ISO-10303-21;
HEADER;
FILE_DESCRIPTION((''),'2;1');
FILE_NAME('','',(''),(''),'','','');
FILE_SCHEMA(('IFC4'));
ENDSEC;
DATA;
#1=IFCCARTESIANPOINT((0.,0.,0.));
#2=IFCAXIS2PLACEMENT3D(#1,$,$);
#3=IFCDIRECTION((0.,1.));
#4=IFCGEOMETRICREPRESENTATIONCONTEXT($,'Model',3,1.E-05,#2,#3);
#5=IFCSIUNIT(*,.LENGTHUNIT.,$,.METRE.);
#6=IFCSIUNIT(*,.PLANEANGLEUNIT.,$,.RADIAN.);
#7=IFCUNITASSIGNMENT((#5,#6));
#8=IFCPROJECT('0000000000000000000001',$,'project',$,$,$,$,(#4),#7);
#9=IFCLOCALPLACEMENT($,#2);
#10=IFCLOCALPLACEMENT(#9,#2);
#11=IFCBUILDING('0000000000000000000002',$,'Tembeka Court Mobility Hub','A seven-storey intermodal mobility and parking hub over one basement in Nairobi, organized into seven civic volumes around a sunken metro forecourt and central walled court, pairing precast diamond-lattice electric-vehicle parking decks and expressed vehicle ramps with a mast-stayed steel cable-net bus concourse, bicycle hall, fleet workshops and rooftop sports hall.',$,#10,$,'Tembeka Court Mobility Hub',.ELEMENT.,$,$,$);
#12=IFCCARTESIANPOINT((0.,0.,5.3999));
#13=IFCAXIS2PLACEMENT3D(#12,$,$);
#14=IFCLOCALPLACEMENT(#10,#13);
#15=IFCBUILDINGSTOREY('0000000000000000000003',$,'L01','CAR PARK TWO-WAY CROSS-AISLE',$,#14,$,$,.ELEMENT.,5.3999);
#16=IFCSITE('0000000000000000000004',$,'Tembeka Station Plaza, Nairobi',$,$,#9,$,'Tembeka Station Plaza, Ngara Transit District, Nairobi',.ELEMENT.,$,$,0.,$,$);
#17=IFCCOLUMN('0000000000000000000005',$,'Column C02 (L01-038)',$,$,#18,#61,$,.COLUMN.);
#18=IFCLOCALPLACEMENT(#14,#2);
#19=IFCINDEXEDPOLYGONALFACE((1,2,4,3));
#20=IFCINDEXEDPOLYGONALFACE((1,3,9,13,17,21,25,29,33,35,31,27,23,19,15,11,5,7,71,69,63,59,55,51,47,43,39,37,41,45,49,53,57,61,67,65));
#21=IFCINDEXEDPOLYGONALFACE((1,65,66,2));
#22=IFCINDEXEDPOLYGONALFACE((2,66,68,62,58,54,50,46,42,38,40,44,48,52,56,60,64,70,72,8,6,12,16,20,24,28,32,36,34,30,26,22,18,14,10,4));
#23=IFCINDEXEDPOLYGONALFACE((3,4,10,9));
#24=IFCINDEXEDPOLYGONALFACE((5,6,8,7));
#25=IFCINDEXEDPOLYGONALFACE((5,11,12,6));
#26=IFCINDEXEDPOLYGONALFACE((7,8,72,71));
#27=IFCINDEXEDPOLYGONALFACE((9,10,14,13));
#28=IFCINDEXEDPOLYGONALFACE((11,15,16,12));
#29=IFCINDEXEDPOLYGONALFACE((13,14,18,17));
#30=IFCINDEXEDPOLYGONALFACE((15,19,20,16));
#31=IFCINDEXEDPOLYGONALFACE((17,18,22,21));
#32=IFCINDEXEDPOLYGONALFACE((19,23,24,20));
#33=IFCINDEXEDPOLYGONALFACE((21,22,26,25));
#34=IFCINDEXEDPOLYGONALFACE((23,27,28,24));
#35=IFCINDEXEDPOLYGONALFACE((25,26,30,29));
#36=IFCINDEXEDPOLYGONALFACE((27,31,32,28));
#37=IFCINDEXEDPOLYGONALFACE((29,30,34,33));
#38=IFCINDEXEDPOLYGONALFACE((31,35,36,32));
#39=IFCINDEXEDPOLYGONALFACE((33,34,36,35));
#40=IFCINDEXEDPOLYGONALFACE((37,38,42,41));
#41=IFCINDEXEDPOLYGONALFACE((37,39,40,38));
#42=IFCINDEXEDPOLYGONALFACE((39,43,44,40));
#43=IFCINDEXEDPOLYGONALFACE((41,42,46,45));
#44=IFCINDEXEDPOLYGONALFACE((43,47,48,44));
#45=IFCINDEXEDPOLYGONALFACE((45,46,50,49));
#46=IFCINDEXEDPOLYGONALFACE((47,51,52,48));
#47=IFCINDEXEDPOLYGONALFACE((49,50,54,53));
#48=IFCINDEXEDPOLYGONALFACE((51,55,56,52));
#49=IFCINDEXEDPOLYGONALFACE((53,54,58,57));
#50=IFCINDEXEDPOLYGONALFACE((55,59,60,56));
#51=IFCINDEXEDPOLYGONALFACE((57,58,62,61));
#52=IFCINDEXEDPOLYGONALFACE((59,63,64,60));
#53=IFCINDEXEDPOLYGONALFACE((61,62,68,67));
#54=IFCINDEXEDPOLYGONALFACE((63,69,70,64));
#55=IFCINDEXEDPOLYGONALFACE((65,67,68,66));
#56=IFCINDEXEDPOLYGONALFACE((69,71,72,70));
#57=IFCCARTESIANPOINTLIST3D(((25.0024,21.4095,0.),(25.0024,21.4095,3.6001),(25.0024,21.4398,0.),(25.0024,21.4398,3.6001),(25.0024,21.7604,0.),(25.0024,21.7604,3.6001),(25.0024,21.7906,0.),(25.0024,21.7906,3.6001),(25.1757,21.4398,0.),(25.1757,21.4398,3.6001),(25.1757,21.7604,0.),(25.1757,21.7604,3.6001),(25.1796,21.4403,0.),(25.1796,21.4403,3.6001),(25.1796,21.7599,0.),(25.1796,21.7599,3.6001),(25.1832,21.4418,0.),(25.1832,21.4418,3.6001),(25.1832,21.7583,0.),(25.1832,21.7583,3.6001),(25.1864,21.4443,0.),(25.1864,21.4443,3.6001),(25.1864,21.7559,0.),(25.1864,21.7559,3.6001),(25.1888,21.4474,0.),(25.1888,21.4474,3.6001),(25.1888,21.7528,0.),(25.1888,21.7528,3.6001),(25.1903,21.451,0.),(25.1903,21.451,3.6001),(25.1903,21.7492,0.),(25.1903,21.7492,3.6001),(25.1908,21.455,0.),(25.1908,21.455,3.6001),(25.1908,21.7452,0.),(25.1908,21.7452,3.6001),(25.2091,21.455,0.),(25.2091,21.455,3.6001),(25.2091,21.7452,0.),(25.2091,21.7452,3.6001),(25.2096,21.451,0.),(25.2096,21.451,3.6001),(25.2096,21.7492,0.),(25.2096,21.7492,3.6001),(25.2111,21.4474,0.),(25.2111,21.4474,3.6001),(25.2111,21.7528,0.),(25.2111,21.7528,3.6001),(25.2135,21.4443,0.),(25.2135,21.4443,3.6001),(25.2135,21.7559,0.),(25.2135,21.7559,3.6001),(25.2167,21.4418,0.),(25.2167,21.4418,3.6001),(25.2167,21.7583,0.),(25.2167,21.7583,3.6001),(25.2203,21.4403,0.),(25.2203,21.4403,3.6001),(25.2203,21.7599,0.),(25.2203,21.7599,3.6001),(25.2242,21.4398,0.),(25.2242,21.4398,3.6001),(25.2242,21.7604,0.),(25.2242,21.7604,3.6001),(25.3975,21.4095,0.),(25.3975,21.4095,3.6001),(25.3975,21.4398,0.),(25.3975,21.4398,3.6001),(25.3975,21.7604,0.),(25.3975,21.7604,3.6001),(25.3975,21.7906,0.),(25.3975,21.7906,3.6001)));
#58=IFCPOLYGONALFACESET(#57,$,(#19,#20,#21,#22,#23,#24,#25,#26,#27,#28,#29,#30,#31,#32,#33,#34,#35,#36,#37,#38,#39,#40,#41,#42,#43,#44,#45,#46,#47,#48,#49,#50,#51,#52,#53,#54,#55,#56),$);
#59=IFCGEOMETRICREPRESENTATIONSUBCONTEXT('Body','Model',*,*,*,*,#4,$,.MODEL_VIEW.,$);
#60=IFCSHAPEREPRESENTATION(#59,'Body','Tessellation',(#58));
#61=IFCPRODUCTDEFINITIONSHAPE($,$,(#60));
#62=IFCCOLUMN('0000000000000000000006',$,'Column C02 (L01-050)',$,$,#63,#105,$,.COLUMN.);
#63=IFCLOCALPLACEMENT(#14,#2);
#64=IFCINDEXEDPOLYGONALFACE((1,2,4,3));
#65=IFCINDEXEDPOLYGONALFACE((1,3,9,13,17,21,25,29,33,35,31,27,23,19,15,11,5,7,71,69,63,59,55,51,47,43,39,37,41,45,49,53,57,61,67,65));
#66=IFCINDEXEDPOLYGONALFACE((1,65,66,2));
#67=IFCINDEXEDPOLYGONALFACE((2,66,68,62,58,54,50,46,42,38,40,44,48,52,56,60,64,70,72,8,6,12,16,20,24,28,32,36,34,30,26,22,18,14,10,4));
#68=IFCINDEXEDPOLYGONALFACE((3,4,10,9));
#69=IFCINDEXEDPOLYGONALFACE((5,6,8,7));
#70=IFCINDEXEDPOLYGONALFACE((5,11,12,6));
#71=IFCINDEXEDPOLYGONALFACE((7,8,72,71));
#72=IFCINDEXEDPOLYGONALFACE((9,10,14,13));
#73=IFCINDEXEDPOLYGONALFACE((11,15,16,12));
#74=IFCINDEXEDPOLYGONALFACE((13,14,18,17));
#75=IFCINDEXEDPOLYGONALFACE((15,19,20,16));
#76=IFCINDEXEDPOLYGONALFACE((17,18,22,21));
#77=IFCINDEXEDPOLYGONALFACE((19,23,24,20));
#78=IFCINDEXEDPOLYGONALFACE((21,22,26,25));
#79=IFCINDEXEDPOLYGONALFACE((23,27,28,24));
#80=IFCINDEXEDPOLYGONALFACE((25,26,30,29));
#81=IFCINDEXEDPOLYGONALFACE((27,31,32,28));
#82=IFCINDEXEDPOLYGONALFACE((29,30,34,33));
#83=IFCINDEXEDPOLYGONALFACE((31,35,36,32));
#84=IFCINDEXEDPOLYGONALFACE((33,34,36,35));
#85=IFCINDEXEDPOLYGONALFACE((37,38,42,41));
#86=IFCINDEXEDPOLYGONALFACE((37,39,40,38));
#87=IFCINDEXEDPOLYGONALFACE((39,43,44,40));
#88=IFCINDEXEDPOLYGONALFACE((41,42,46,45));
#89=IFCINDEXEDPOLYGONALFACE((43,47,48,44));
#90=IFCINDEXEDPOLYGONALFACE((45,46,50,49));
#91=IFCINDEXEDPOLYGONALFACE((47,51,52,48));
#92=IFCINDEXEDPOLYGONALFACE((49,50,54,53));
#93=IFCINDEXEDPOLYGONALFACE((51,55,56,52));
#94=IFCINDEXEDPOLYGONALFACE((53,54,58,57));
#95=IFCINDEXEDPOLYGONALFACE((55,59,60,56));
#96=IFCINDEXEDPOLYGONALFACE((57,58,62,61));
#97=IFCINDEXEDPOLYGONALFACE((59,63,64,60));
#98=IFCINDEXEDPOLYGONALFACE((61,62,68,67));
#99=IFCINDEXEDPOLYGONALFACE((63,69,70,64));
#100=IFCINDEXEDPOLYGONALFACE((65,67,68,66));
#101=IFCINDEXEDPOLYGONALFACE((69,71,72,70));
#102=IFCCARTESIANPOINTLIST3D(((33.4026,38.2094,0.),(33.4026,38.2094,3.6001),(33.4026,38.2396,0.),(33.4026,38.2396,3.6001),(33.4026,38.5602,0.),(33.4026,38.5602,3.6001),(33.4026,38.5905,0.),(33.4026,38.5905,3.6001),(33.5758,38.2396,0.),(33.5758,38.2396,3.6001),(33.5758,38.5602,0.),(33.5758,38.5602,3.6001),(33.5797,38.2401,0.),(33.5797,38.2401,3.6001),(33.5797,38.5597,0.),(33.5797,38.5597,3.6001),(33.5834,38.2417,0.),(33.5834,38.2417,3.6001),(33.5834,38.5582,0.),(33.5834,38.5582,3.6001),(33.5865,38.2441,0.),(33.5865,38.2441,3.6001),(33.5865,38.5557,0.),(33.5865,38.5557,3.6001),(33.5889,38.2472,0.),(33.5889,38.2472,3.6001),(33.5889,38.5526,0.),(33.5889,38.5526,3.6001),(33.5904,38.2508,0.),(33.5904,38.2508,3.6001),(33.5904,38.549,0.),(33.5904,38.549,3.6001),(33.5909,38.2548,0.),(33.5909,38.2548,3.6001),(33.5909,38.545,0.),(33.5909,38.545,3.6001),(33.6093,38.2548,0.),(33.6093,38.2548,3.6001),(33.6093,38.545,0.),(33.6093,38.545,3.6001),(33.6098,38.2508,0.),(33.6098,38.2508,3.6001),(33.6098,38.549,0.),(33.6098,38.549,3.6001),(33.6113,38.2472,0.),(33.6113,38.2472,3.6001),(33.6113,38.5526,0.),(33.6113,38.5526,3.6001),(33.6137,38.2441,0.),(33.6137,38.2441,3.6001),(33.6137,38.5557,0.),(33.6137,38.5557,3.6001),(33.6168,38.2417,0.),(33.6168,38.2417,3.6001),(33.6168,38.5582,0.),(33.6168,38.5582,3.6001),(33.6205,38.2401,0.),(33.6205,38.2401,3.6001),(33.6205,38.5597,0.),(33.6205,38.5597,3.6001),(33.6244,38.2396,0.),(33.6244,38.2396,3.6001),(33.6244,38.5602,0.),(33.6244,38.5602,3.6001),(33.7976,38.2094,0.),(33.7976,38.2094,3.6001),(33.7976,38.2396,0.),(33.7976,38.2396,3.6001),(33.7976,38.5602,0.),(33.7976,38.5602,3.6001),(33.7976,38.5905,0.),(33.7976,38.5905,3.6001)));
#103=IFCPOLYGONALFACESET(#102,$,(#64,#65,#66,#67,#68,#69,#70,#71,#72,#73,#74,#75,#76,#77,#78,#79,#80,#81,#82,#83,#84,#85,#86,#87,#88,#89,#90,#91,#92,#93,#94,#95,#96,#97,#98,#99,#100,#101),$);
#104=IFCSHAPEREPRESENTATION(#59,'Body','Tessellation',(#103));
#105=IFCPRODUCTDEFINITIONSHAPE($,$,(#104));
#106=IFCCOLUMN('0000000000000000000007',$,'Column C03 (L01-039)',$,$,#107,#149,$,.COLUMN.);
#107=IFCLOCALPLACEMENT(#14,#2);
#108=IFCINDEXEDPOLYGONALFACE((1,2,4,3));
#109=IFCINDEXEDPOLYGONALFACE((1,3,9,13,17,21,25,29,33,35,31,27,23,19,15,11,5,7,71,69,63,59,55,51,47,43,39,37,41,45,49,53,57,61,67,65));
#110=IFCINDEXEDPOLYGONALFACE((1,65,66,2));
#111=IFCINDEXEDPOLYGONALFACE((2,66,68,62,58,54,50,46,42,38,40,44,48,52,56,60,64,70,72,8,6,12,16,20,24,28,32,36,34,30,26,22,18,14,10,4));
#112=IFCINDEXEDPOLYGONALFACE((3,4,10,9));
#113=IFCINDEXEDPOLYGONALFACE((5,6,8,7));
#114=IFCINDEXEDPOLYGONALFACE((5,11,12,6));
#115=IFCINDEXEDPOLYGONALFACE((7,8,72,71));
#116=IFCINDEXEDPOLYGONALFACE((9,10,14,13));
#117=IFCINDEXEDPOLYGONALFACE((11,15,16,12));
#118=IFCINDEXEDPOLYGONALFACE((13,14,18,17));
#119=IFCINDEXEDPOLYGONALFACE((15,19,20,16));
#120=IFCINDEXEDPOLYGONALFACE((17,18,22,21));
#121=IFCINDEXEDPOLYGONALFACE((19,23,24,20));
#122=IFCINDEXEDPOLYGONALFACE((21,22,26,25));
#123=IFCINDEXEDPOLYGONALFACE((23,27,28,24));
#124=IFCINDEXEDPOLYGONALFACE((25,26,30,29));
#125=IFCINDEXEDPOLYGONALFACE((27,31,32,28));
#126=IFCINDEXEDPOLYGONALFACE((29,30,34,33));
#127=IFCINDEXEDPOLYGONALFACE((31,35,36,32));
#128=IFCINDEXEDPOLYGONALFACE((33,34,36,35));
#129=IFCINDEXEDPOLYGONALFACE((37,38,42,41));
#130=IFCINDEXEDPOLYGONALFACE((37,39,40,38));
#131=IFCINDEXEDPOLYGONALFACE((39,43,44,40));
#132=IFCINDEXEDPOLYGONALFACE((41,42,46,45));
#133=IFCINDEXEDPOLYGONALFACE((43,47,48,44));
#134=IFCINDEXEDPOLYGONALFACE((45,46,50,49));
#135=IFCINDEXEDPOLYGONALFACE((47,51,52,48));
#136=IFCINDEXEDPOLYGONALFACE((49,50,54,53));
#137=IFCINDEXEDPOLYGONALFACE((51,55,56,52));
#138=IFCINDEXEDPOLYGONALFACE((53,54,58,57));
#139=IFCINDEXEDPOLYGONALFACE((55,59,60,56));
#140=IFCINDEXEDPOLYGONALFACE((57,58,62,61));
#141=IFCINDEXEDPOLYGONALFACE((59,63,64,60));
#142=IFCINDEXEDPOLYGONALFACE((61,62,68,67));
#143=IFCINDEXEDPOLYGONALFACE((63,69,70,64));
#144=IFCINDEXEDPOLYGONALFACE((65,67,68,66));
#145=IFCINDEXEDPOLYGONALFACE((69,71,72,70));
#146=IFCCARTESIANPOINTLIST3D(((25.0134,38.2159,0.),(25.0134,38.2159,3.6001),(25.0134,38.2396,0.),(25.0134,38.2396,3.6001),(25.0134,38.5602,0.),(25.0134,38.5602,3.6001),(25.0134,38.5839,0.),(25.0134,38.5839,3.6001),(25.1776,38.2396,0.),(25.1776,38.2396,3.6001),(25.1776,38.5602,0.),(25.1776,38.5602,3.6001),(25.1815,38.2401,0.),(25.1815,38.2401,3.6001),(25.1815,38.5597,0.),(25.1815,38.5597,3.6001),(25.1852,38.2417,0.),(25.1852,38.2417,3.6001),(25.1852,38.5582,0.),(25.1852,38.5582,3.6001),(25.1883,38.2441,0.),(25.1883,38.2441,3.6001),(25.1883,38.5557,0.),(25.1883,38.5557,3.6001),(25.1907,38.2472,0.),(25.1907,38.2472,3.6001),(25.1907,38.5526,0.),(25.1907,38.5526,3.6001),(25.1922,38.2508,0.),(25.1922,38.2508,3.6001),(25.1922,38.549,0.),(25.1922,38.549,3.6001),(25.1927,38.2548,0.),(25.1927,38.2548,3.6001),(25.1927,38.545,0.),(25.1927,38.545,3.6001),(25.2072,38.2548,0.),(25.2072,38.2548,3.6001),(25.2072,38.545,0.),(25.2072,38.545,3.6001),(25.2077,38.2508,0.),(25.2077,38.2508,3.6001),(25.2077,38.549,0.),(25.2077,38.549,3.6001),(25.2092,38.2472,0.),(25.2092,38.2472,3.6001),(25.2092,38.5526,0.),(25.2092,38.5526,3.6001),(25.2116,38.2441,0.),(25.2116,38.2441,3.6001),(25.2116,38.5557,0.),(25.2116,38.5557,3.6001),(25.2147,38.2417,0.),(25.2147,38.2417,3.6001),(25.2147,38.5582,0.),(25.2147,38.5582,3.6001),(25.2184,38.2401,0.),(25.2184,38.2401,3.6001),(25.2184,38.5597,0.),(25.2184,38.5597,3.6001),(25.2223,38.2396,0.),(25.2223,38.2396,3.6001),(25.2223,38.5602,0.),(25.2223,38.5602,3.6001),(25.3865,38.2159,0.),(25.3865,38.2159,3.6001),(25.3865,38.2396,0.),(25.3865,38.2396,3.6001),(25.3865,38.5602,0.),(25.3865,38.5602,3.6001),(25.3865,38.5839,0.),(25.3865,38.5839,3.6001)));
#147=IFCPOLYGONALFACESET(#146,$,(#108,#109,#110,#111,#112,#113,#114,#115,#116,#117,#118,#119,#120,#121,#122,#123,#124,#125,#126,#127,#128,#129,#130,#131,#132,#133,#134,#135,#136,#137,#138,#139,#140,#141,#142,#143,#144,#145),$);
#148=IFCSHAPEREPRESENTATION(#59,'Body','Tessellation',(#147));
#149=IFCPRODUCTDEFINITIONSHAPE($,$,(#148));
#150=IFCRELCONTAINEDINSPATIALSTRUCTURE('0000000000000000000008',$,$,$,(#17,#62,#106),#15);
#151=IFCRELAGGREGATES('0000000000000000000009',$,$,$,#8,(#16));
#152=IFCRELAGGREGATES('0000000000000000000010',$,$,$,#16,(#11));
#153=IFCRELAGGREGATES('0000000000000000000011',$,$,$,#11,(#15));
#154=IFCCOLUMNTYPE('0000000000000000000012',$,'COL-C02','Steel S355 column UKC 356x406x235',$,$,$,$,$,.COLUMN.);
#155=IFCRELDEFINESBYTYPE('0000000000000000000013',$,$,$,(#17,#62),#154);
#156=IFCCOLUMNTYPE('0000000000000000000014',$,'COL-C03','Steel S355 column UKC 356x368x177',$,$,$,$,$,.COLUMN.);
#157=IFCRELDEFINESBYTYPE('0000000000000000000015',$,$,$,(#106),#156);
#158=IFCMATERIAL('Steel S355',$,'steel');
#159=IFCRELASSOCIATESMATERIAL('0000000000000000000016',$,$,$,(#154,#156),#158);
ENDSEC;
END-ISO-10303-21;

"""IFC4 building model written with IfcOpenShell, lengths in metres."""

from ifc_helpers import new_model, si_unit, direction, frame, origin, origin_2d, place, context, subcontext, project, spatial, i_section, extrude, material, material_profile, profile_set, type_object, element, save


model = new_model("IFC4")

# Units and contexts
model_context = context("Model", 3, precision=1e-05, world=origin(), true_north=direction((0.0, 1.0)))
body_context = subcontext(model_context, "Body", "Model", "MODEL_VIEW")
ifc_project = project(units=[si_unit("LENGTHUNIT", "METRE"), si_unit("PLANEANGLEUNIT", "RADIAN")], contexts=[model_context])

# Site, building, storey
site_placement = place(None, origin())
site = spatial("IfcSite", under=ifc_project, at=site_placement, Name="Tembeka Station Plaza, Nairobi", LongName="Tembeka Station Plaza, Ngara Transit District, Nairobi", CompositionType="ELEMENT", RefElevation=0.0)
building_placement = place(site_placement, origin())
building = spatial("IfcBuilding", under=site, at=building_placement, Name="Tembeka Court Mobility Hub", Description="A seven-storey intermodal mobility and parking hub over one basement in Nairobi, organized into seven civic volumes around a sunken metro forecourt and central walled court, pairing precast diamond-lattice electric-vehicle parking decks and expressed vehicle ramps with a mast-stayed steel cable-net bus concourse, bicycle hall, fleet workshops and rooftop sports hall.", LongName="Tembeka Court Mobility Hub", CompositionType="ELEMENT")
storey_placement = place(building_placement, frame((0.0, 0.0, 5.3999)))
storey = spatial("IfcBuildingStorey", under=building, at=storey_placement, Name="L01", Description="CAR PARK TWO-WAY CROSS-AISLE", CompositionType="ELEMENT", Elevation=5.3999)

# Columns
ifc_material_1 = material(Name="Steel S355", Category="steel")
ifc_material_profile_1 = material_profile(ifc_material_1, i_section(OverallWidth=0.395, OverallDepth=0.3811, WebThickness=0.0183, FlangeThickness=0.0303, FilletRadius=0.0151, at=origin_2d()), Name="UKC 356x406x235")
ifc_profile_set_1 = profile_set([ifc_material_profile_1], Name="Steel S355")
column_type_1 = type_object("IfcColumnType", Name="COL-C02", Description="Steel S355 column UKC 356x406x235", PredefinedType="COLUMN", material=ifc_profile_set_1)
for number, where, z_axis, x_axis, name in (
    (1, (25.2, 21.6001, 0.0), (0.0, 0.0, 1.0), (1.0, 0.0, 0.0), "Column C02 (L01-038)"),
    (2, (33.6001, 38.3999, 0.0), (0.0, 0.0, 1.0), (1.0, 0.0, 0.0), "Column C02 (L01-050)"),
):
    element("IfcColumn", number, at=place(storey_placement, frame(where, z_axis=z_axis, x_axis=x_axis)), inside=storey, type_object=column_type_1, Name=name, PredefinedType="COLUMN", context=body_context, shape_type="SweptSolid", body=[
        extrude(i_section(OverallWidth=0.395, OverallDepth=0.3811, WebThickness=0.0183, FlangeThickness=0.0303, FilletRadius=0.0151, at=origin_2d()), origin(), (0.0, 0.0, 1.0), 3.6001),
    ])
ifc_material_profile_2 = material_profile(ifc_material_1, i_section(OverallWidth=0.373, OverallDepth=0.3679, WebThickness=0.0144, FlangeThickness=0.0237, FilletRadius=0.0151, at=origin_2d()), Name="UKC 356x368x177")
ifc_profile_set_2 = profile_set([ifc_material_profile_2], Name="Steel S355")
column_type_2 = type_object("IfcColumnType", Name="COL-C03", Description="Steel S355 column UKC 356x368x177", PredefinedType="COLUMN", material=ifc_profile_set_2)
column_1_placement = place(storey_placement, frame((25.2, 38.3999, 0.0), z_axis=(0.0, 0.0, 1.0), x_axis=(1.0, 0.0, 0.0)))
element("IfcColumn", 3, at=column_1_placement, inside=storey, type_object=column_type_2, Name="Column C03 (L01-039)", PredefinedType="COLUMN", context=body_context, shape_type="SweptSolid", body=[
    extrude(i_section(OverallWidth=0.373, OverallDepth=0.3679, WebThickness=0.0144, FlangeThickness=0.0237, FilletRadius=0.0151, at=origin_2d()), origin(), (0.0, 0.0, 1.0), 3.6001),
])

save(model, "model.ifc")
